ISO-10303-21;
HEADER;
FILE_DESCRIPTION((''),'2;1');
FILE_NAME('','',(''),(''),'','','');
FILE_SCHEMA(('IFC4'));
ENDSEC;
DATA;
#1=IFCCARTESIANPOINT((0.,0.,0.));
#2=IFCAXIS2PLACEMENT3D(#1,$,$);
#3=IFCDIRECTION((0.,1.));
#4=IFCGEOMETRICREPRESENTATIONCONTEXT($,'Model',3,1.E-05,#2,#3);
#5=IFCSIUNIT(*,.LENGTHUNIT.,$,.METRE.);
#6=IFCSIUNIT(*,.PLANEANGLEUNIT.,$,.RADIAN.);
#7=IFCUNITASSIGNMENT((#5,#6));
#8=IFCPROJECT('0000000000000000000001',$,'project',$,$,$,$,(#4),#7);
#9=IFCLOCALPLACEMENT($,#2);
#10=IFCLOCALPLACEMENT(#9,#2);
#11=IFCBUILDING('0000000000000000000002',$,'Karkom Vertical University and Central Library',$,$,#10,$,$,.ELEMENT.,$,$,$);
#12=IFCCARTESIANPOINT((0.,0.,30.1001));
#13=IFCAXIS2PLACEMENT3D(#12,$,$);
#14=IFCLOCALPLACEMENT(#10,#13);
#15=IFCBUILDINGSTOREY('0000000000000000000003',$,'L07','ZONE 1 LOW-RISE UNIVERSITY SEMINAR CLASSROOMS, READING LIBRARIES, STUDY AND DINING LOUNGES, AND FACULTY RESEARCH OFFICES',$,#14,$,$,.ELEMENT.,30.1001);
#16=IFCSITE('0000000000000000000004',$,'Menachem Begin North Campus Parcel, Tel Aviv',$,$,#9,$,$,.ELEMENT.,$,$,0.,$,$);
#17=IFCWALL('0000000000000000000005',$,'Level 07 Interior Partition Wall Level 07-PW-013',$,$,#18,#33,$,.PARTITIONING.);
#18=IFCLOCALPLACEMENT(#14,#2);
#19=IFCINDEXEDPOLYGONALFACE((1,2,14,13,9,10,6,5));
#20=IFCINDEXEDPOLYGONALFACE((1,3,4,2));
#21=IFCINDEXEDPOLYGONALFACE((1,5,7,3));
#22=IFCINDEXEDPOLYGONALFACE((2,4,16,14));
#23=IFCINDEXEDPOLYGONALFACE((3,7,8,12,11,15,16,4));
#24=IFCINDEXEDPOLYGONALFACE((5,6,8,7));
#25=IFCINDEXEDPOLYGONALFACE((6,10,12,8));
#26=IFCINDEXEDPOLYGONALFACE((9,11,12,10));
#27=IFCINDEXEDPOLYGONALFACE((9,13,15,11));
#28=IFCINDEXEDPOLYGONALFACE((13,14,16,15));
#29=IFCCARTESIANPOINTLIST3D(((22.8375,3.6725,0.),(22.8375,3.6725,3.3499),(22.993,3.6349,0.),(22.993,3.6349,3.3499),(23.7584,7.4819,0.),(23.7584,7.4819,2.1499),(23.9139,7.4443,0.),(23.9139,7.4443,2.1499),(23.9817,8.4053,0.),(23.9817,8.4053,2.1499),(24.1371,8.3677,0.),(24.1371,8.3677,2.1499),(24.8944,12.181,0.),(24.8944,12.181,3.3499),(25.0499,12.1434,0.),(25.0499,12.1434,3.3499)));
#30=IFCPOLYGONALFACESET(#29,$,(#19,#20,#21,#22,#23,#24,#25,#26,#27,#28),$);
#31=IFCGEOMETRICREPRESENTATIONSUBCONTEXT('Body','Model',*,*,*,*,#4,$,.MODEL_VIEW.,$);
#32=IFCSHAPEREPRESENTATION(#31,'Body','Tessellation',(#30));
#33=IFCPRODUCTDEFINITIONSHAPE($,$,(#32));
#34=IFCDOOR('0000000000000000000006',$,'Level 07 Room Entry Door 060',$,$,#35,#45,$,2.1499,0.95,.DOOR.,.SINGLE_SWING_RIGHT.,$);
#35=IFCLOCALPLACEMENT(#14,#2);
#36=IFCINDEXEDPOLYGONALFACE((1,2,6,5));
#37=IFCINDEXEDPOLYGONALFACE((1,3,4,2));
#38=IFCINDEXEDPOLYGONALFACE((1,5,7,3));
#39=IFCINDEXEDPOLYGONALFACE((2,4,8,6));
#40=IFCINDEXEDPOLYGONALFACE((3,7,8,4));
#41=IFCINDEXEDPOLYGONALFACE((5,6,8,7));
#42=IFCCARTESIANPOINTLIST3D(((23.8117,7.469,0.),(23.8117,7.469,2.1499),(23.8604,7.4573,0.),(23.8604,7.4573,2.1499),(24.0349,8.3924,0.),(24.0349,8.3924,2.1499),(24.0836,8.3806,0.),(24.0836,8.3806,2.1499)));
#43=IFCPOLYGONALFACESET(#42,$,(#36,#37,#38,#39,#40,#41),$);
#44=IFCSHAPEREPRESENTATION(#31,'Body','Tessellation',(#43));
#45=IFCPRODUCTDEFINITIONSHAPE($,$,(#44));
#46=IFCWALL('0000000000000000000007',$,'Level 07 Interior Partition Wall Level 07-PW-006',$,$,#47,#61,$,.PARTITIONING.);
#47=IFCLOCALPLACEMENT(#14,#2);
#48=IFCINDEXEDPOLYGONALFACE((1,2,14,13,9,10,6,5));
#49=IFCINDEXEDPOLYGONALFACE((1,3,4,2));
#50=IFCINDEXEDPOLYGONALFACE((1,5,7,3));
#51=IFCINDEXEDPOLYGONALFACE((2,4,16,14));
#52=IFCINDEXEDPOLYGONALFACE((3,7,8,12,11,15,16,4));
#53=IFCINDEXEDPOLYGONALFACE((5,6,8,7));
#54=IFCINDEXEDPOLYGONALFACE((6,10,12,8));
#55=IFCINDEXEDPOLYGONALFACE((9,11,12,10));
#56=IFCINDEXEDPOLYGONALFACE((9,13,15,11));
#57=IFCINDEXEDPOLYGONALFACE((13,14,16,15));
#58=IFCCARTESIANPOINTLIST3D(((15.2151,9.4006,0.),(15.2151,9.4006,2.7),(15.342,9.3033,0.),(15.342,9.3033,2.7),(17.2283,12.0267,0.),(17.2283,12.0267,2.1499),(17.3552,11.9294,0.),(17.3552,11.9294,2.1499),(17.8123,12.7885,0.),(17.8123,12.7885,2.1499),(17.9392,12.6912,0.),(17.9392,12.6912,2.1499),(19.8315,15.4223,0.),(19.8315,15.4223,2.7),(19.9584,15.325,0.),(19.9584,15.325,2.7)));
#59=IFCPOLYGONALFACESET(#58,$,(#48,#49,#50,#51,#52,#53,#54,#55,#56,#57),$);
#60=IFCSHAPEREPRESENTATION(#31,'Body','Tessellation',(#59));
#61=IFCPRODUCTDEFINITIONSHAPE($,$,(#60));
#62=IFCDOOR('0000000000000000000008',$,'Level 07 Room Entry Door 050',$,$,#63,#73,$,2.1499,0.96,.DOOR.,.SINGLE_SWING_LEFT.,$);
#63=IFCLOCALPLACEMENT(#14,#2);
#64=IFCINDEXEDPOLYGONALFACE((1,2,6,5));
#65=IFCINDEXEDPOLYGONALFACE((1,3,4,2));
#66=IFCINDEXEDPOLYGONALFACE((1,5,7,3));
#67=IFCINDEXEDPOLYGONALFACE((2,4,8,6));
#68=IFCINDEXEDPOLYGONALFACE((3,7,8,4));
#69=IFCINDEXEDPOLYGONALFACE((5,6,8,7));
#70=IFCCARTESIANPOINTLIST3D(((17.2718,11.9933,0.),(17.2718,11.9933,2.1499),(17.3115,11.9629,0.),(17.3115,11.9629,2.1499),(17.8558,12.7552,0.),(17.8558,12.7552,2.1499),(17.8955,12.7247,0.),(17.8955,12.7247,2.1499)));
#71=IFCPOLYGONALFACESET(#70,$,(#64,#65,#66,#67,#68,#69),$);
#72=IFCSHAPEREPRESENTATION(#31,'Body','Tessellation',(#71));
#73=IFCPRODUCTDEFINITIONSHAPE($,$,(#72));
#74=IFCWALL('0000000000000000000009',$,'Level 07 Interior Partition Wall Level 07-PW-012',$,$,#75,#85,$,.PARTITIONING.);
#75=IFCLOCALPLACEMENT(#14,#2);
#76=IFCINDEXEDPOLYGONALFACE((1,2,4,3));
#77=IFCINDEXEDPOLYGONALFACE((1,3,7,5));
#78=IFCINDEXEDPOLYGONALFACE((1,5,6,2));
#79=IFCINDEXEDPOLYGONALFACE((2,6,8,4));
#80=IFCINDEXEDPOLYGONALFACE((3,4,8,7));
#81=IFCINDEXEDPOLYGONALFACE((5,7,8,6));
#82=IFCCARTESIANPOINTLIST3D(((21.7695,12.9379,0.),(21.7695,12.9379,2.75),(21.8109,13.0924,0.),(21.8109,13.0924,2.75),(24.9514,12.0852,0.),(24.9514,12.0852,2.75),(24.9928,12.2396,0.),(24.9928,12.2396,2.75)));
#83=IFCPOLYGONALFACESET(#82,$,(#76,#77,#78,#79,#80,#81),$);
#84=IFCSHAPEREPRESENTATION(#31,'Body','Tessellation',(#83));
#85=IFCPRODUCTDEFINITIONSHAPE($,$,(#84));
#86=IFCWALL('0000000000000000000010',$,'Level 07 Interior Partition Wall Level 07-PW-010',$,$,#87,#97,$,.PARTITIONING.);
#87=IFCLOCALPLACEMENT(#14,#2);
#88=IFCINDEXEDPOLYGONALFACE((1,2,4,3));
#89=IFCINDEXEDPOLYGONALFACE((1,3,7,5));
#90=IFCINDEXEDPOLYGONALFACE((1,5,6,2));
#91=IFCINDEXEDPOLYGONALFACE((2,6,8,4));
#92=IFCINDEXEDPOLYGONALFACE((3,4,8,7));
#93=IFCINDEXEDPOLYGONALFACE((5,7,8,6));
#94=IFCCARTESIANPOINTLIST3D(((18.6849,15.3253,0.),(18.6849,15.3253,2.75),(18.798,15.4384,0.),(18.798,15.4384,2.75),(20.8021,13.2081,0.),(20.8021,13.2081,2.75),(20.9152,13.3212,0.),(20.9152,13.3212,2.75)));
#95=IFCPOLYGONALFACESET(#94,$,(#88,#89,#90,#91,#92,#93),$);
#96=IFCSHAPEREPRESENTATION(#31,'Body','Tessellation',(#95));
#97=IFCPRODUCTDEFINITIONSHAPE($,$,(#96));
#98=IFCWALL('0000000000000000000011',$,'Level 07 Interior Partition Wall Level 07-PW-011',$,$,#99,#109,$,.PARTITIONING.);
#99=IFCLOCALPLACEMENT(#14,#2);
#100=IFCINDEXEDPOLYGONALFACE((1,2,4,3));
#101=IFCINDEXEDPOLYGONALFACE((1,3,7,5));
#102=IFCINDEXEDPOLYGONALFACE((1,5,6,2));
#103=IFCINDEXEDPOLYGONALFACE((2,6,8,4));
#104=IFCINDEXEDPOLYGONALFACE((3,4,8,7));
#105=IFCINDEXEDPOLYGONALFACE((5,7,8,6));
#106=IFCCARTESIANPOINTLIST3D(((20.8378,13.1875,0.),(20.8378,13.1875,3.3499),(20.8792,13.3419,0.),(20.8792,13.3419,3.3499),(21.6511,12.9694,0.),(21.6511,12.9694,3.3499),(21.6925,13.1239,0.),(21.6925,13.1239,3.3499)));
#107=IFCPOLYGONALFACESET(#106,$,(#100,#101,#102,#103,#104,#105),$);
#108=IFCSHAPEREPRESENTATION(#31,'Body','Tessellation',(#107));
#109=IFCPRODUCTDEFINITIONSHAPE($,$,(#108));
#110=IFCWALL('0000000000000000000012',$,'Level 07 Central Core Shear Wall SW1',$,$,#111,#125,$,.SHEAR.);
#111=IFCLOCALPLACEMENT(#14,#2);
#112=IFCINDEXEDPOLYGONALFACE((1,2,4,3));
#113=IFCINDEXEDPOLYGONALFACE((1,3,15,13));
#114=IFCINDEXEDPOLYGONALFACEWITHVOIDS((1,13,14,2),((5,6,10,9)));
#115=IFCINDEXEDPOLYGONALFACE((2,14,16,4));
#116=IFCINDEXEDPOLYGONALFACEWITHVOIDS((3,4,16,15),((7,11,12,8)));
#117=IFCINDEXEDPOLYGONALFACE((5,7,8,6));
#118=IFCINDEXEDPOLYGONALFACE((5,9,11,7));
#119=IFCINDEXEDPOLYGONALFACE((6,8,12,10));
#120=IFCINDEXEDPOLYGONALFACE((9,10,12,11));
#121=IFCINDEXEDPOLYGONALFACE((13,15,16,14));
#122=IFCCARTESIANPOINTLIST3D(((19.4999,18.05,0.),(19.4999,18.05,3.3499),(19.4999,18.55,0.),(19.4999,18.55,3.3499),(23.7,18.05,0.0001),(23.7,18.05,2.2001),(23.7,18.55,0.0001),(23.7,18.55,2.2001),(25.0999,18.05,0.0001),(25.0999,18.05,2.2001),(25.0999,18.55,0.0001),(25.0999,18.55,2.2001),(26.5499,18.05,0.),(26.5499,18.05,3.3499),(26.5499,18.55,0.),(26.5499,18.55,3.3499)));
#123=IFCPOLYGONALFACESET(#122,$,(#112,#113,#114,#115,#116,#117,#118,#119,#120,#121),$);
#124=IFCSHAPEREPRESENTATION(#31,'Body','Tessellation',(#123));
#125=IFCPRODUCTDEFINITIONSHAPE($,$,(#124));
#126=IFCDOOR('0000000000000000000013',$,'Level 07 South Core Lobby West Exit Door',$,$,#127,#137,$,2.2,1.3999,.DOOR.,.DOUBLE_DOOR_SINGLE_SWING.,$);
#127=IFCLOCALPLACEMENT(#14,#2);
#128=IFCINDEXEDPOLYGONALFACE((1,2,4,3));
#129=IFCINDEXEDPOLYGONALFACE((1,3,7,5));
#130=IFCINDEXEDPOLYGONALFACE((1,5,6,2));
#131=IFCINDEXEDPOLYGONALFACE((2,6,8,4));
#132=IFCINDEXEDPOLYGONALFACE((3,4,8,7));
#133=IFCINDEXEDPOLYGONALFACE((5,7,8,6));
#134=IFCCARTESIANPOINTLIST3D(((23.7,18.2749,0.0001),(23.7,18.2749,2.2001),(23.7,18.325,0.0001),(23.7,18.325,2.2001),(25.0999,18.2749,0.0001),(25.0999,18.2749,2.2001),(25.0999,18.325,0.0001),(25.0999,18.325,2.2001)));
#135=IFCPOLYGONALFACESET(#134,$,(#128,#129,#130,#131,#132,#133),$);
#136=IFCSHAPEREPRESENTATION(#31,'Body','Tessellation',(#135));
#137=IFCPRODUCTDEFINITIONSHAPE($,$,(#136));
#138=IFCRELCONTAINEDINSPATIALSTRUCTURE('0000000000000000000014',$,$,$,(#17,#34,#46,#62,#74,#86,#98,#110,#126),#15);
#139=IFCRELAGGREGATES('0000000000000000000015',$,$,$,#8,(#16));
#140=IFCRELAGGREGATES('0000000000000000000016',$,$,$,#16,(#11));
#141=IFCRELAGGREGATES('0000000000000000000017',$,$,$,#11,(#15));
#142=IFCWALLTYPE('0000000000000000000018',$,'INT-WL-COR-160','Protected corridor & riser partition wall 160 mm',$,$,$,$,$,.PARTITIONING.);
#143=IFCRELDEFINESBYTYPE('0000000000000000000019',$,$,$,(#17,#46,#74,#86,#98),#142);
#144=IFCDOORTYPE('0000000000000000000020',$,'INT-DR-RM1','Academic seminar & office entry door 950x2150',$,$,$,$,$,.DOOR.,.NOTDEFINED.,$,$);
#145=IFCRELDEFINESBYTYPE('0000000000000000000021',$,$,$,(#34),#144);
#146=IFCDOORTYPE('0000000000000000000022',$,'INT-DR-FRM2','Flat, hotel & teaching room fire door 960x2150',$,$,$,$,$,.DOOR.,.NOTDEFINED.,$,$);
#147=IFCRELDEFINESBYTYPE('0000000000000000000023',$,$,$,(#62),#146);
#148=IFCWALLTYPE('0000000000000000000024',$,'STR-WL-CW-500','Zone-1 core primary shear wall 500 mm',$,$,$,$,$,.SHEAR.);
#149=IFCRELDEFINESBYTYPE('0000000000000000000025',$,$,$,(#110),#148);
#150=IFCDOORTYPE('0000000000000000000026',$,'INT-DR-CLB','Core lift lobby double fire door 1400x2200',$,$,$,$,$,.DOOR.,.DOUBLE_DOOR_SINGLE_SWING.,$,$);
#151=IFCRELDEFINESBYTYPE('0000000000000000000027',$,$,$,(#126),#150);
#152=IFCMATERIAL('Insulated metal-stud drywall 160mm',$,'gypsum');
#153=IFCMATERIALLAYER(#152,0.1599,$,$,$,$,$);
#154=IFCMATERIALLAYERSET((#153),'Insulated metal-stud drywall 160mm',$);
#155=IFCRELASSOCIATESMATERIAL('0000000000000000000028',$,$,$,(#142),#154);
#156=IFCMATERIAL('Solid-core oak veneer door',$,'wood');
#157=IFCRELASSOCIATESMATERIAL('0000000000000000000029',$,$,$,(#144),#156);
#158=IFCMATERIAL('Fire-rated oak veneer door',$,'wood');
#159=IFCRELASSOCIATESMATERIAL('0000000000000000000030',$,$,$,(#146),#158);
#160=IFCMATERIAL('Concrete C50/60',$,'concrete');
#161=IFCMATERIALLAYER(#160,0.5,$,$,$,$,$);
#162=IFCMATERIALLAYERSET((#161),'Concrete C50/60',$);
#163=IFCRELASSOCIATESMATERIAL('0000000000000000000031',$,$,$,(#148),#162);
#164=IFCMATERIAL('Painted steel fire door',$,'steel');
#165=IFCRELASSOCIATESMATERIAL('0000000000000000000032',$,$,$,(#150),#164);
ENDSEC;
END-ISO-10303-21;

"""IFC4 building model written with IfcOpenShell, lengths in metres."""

from ifc_helpers import new_model, si_unit, direction, frame, frame_2d, origin, origin_with_axes, place, context, subcontext, project, spatial, rectangle, extrude, source, transform, mapped, material, layer, layer_set, type_object, element, fill, save


model = new_model("IFC4")

# Units and contexts
model_context = context("Model", 3, precision=1e-05, world=origin(), true_north=direction((0.0, 1.0)))
body_context = subcontext(model_context, "Body", "Model", "MODEL_VIEW")
ifc_project = project(units=[si_unit("LENGTHUNIT", "METRE"), si_unit("PLANEANGLEUNIT", "RADIAN")], contexts=[model_context])

# Site, building, storey
site_placement = place(None, origin())
site = spatial("IfcSite", under=ifc_project, at=site_placement, Name="Menachem Begin North Campus Parcel, Tel Aviv", CompositionType="ELEMENT", RefElevation=0.0)
building_placement = place(site_placement, origin())
building = spatial("IfcBuilding", under=site, at=building_placement, Name="Karkom Vertical University and Central Library", CompositionType="ELEMENT")
storey_placement = place(building_placement, frame((0.0, 0.0, 30.1001)))
storey = spatial("IfcBuildingStorey", under=building, at=storey_placement, Name="L07", Description="ZONE 1 LOW-RISE UNIVERSITY SEMINAR CLASSROOMS, READING LIBRARIES, STUDY AND DINING LOUNGES, AND FACULTY RESEARCH OFFICES", CompositionType="ELEMENT", Elevation=30.1001)

# Shared definitions
ifc_material_1 = material(Name="Concrete C50/60", Category="concrete")

# Walls, openings, doors
ifc_material_2 = material(Name="Insulated metal-stud drywall 160mm", Category="gypsum")
ifc_layer_1 = layer(ifc_material_2, 0.1599)
ifc_layer_set_1 = layer_set([ifc_layer_1], Name="Insulated metal-stud drywall 160mm")
wall_type_1 = type_object("IfcWallType", Name="INT-WL-COR-160", Description="Protected corridor & riser partition wall 160 mm", PredefinedType="PARTITIONING", material=ifc_layer_set_1)
wall_1_placement = place(storey_placement, frame((24.9722, 12.1624, 0.0), z_axis=(0.0, 0.0, 1.0), x_axis=(-0.234975, -0.972001, 0.0)))
wall_1 = element("IfcWall", 1, at=wall_1_placement, inside=storey, type_object=wall_type_1, Name="Level 07 Interior Partition Wall Level 07-PW-013", PredefinedType="PARTITIONING", context=body_context, shape_type="SweptSolid", body=[
    extrude(rectangle(XDim=8.7537, YDim=0.1599, at=frame_2d((4.377, 0.0))), origin(), (0.0, 0.0, 1.0), 3.3499),
])
opening_1_placement = place(wall_1_placement, frame((3.8845, 0.0, 0.0)))
opening_1 = element("IfcOpeningElement", 2, at=opening_1_placement, cuts=wall_1, PredefinedType="OPENING", context=body_context, shape_type="SweptSolid", body=[
    extrude(rectangle(XDim=0.95, YDim=2.1499, at=frame_2d((0.4751, 1.075))), frame((0.0, 0.0898, 0.0), z_axis=(0.0, -1.0, 0.0), x_axis=(1.0, 0.0, 0.0)), (0.0, 0.0, 1.0), 0.1799),
])
ifc_material_3 = material(Name="Solid-core oak veneer door", Category="wood")
door_type_1 = type_object("IfcDoorType", Name="INT-DR-RM1", Description="Academic seminar & office entry door 950x2150", OperationType="NOTDEFINED", PredefinedType="DOOR", material=ifc_material_3)
shared_shape_1 = source(origin_with_axes(), body_context, "Body", "SweptSolid", [
    extrude(rectangle(XDim=0.95, YDim=2.1499, at=frame_2d((0.4751, 1.075))), frame((0.0, 0.0249, 0.0), z_axis=(0.0, -1.0, 0.0), x_axis=(1.0, 0.0, 0.0)), (0.0, 0.0, 1.0), 0.05),
])
door_1_placement = place(opening_1_placement, origin())
door_1 = element("IfcDoor", 3, at=door_1_placement, inside=storey, type_object=door_type_1, Name="Level 07 Room Entry Door 060", OperationType="SINGLE_SWING_RIGHT", OverallHeight=2.1499, OverallWidth=0.95, PredefinedType="DOOR", context=body_context, shape_type="MappedRepresentation", body=[
    mapped(shared_shape_1, transform((0.0, 0.0, 0.0), scale=1.0)),
])
fill(opening_1, door_1)
wall_2_placement = place(storey_placement, frame((19.895, 15.3738, 0.0), z_axis=(0.0, 0.0, 1.0), x_axis=(-0.608415, -0.793619, 0.0)))
wall_2 = element("IfcWall", 4, at=wall_2_placement, inside=storey, type_object=wall_type_1, Name="Level 07 Interior Partition Wall Level 07-PW-006", PredefinedType="PARTITIONING", context=body_context, shape_type="SweptSolid", body=[
    extrude(rectangle(XDim=7.5876, YDim=0.1599, at=frame_2d((3.7939, 0.0))), origin(), (0.0, 0.0, 1.0), 2.7),
])
opening_2_placement = place(wall_2_placement, frame((3.3188, 0.0, 0.0)))
opening_2 = element("IfcOpeningElement", 5, at=opening_2_placement, cuts=wall_2, PredefinedType="OPENING", context=body_context, shape_type="SweptSolid", body=[
    extrude(rectangle(XDim=0.96, YDim=2.1499, at=frame_2d((0.48, 1.075))), frame((0.0, 0.0898, 0.0), z_axis=(0.0, -1.0, 0.0), x_axis=(1.0, 0.0, 0.0)), (0.0, 0.0, 1.0), 0.1799),
])
ifc_material_4 = material(Name="Fire-rated oak veneer door", Category="wood")
door_type_2 = type_object("IfcDoorType", Name="INT-DR-FRM2", Description="Flat, hotel & teaching room fire door 960x2150", OperationType="NOTDEFINED", PredefinedType="DOOR", material=ifc_material_4)
shared_shape_2 = source(origin_with_axes(), body_context, "Body", "SweptSolid", [
    extrude(rectangle(XDim=0.96, YDim=2.1499, at=frame_2d((0.48, 1.075))), frame((0.0, 0.0249, 0.0), z_axis=(0.0, -1.0, 0.0), x_axis=(1.0, 0.0, 0.0)), (0.0, 0.0, 1.0), 0.05),
])
door_2_placement = place(opening_2_placement, origin())
door_2 = element("IfcDoor", 6, at=door_2_placement, inside=storey, type_object=door_type_2, Name="Level 07 Room Entry Door 050", OperationType="SINGLE_SWING_LEFT", OverallHeight=2.1499, OverallWidth=0.96, PredefinedType="DOOR", context=body_context, shape_type="MappedRepresentation", body=[
    mapped(shared_shape_2, transform((0.0, 0.0, 0.0), scale=1.0)),
])
fill(opening_2, door_2)

# Walls
wall_3_placement = place(storey_placement, frame((21.7903, 13.0151, 0.0), z_axis=(0.0, 0.0, 1.0), x_axis=(0.965911, -0.258876, 0.0)))
element("IfcWall", 7, at=wall_3_placement, inside=storey, type_object=wall_type_1, Name="Level 07 Interior Partition Wall Level 07-PW-012", PredefinedType="PARTITIONING", context=body_context, shape_type="SweptSolid", body=[
    extrude(rectangle(XDim=3.2942, YDim=0.1599, at=frame_2d((1.647, 0.0))), origin(), (0.0, 0.0, 1.0), 2.75),
])
wall_4_placement = place(storey_placement, frame((18.7415, 15.3818, 0.0), z_axis=(0.0, 0.0, 1.0), x_axis=(0.707107, -0.707107, 0.0)))
element("IfcWall", 8, at=wall_4_placement, inside=storey, type_object=wall_type_1, Name="Level 07 Interior Partition Wall Level 07-PW-010", PredefinedType="PARTITIONING", context=body_context, shape_type="SweptSolid", body=[
    extrude(rectangle(XDim=2.9941, YDim=0.1599, at=frame_2d((1.4971, 0.0))), origin(), (0.0, 0.0, 1.0), 2.75),
])
wall_5_placement = place(storey_placement, frame((20.8586, 13.2646, 0.0), z_axis=(0.0, 0.0, 1.0), x_axis=(0.965892, -0.258944, 0.0)))
element("IfcWall", 9, at=wall_5_placement, inside=storey, type_object=wall_type_1, Name="Level 07 Interior Partition Wall Level 07-PW-011", PredefinedType="PARTITIONING", context=body_context, shape_type="SweptSolid", body=[
    extrude(rectangle(XDim=0.842, YDim=0.1599, at=frame_2d((0.4209, 0.0))), origin(), (0.0, 0.0, 1.0), 3.3499),
])

# Wall, opening, door
ifc_layer_2 = layer(ifc_material_1, 0.5)
ifc_layer_set_2 = layer_set([ifc_layer_2], Name="Concrete C50/60")
wall_type_2 = type_object("IfcWallType", Name="STR-WL-CW-500", Description="Zone-1 core primary shear wall 500 mm", PredefinedType="SHEAR", material=ifc_layer_set_2)
wall_6_placement = place(storey_placement, frame((19.5, 18.3, 0.0), z_axis=(0.0, 0.0, 1.0), x_axis=(1.0, 0.0, 0.0)))
wall_6 = element("IfcWall", 10, at=wall_6_placement, inside=storey, type_object=wall_type_2, Name="Level 07 Central Core Shear Wall SW1", PredefinedType="SHEAR", context=body_context, shape_type="SweptSolid", body=[
    extrude(rectangle(XDim=7.05, YDim=0.5, at=frame_2d((3.5249, 0.0))), origin(), (0.0, 0.0, 1.0), 3.3499),
])
opening_3_placement = place(wall_6_placement, frame((4.2, 0.0, 0.0)))
opening_3 = element("IfcOpeningElement", 11, at=opening_3_placement, cuts=wall_6, PredefinedType="OPENING", context=body_context, shape_type="SweptSolid", body=[
    extrude(rectangle(XDim=1.3999, YDim=2.2, at=frame_2d((0.7, 1.1001))), frame((0.0, 0.26, 0.0), z_axis=(0.0, -1.0, 0.0), x_axis=(1.0, 0.0, 0.0)), (0.0, 0.0, 1.0), 0.52),
])
ifc_material_5 = material(Name="Painted steel fire door", Category="steel")
door_type_3 = type_object("IfcDoorType", Name="INT-DR-CLB", Description="Core lift lobby double fire door 1400x2200", OperationType="DOUBLE_DOOR_SINGLE_SWING", PredefinedType="DOOR", material=ifc_material_5)
shared_shape_3 = source(origin_with_axes(), body_context, "Body", "SweptSolid", [
    extrude(rectangle(XDim=1.3999, YDim=2.2, at=frame_2d((0.7, 1.1001))), frame((0.0, 0.0249, 0.0), z_axis=(0.0, -1.0, 0.0), x_axis=(1.0, 0.0, 0.0)), (0.0, 0.0, 1.0), 0.05),
])
door_3_placement = place(opening_3_placement, origin())
door_3 = element("IfcDoor", 12, at=door_3_placement, inside=storey, type_object=door_type_3, Name="Level 07 South Core Lobby West Exit Door", OperationType="DOUBLE_DOOR_SINGLE_SWING", OverallHeight=2.2, OverallWidth=1.3999, PredefinedType="DOOR", context=body_context, shape_type="MappedRepresentation", body=[
    mapped(shared_shape_3, transform((0.0, 0.0, 0.0), scale=1.0)),
])
fill(opening_3, door_3)

save(model, "model.ifc")
